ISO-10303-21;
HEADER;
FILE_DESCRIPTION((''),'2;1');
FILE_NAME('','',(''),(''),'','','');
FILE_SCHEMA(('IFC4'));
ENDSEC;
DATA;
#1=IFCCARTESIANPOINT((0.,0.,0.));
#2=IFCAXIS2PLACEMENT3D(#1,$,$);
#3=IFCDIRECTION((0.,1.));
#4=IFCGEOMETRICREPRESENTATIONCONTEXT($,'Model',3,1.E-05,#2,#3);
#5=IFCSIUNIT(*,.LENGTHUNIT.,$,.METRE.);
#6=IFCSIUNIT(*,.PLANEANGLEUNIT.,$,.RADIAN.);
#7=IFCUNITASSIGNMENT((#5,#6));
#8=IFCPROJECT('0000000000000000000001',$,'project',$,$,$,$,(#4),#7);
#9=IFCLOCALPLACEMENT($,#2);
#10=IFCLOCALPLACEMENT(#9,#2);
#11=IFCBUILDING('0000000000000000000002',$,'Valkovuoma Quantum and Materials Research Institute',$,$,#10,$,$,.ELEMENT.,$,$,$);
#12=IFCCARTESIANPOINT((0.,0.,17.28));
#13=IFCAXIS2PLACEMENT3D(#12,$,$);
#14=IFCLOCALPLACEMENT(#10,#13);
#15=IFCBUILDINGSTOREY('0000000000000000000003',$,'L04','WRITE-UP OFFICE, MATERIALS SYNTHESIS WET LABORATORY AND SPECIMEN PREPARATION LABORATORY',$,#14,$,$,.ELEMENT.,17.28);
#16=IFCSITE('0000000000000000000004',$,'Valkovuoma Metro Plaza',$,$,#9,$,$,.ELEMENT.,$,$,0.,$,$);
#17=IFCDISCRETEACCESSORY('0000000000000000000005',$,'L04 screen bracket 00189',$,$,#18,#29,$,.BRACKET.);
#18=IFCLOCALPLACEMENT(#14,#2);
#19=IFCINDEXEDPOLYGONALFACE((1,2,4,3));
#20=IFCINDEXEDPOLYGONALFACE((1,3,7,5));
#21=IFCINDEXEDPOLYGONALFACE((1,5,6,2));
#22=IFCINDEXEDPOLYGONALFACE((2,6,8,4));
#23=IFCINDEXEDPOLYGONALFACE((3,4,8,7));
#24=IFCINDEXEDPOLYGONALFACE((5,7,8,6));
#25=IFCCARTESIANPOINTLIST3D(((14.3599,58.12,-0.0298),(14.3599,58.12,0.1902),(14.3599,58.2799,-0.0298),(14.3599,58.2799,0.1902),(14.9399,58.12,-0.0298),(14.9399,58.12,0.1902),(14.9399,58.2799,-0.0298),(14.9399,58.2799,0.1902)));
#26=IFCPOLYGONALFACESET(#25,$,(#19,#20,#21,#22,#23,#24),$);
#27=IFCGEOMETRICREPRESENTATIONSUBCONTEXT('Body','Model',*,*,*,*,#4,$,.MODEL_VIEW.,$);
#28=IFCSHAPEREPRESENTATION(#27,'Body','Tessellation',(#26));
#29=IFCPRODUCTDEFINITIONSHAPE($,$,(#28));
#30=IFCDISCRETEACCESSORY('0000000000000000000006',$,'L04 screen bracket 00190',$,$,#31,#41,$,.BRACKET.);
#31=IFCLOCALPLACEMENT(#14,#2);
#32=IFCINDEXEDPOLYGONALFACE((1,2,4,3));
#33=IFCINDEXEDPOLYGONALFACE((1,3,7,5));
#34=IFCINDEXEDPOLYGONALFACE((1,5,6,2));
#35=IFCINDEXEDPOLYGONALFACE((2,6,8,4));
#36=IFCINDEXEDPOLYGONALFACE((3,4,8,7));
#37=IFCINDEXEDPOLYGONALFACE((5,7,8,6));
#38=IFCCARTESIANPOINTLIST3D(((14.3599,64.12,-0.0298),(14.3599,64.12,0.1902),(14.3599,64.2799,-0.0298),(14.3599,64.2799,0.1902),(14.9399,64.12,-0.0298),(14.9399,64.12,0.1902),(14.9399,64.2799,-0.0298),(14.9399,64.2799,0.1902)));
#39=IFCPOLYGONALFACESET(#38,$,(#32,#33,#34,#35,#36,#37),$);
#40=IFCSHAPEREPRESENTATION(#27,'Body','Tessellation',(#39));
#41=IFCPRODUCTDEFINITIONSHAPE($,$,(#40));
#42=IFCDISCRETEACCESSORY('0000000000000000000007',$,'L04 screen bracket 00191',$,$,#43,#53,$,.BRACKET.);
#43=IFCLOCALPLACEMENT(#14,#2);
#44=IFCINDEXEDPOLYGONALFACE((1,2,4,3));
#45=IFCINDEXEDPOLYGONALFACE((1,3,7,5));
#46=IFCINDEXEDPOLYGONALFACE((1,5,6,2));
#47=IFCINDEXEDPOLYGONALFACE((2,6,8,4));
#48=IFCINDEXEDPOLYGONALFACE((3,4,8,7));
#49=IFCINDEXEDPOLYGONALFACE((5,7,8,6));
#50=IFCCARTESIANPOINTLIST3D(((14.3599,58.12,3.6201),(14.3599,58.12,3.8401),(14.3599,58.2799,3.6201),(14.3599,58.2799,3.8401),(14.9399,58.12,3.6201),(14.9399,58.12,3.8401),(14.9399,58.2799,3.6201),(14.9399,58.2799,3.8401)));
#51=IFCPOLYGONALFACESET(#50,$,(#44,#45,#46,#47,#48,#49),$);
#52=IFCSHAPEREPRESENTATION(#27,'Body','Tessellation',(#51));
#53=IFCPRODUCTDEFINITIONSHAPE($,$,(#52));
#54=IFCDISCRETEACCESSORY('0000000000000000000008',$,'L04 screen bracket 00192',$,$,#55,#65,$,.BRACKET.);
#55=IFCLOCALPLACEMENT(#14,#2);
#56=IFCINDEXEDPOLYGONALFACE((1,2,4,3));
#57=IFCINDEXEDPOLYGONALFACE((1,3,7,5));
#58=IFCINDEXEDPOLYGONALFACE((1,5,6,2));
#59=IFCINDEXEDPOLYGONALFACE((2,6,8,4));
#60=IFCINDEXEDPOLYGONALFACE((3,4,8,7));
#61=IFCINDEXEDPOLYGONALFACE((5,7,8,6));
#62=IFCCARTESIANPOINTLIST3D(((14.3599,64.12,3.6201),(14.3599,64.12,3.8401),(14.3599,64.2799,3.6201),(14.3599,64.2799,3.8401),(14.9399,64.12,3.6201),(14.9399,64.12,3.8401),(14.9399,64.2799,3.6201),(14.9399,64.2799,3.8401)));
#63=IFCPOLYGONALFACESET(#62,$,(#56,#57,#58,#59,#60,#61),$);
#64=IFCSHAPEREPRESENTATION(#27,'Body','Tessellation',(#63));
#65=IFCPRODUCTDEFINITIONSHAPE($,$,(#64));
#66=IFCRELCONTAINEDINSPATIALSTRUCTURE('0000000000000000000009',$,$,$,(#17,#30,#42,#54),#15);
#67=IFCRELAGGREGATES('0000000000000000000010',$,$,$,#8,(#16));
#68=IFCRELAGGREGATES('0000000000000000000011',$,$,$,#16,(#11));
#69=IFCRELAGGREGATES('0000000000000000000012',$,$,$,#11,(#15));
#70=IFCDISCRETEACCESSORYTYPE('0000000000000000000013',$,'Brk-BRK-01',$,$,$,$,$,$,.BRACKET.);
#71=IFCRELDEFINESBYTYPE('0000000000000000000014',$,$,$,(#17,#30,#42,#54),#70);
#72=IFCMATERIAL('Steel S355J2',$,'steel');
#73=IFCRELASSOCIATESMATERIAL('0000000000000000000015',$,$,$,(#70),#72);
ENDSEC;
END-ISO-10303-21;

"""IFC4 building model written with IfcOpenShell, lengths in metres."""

from ifc_helpers import new_model, si_unit, direction, frame, origin, origin_2d, place, context, subcontext, project, spatial, rectangle, extrude, material, type_object, element, save


model = new_model("IFC4")

# Units and contexts
model_context = context("Model", 3, precision=1e-05, world=origin(), true_north=direction((0.0, 1.0)))
body_context = subcontext(model_context, "Body", "Model", "MODEL_VIEW")
ifc_project = project(units=[si_unit("LENGTHUNIT", "METRE"), si_unit("PLANEANGLEUNIT", "RADIAN")], contexts=[model_context])

# Site, building, storey
site_placement = place(None, origin())
site = spatial("IfcSite", under=ifc_project, at=site_placement, Name="Valkovuoma Metro Plaza", CompositionType="ELEMENT", RefElevation=0.0)
building_placement = place(site_placement, origin())
building = spatial("IfcBuilding", under=site, at=building_placement, Name="Valkovuoma Quantum and Materials Research Institute", CompositionType="ELEMENT")
storey_placement = place(building_placement, frame((0.0, 0.0, 17.28)))
storey = spatial("IfcBuildingStorey", under=building, at=storey_placement, Name="L04", Description="WRITE-UP OFFICE, MATERIALS SYNTHESIS WET LABORATORY AND SPECIMEN PREPARATION LABORATORY", CompositionType="ELEMENT", Elevation=17.28)

# Discrete accessories
ifc_material_1 = material(Name="Steel S355J2", Category="steel")
discrete_accessory_type = type_object("IfcDiscreteAccessoryType", Name="Brk-BRK-01", PredefinedType="BRACKET", material=ifc_material_1)
for number, where, z_axis, x_axis, name in (
    (1, (14.6499, 58.2, -0.0298), (0.0, 0.0, 1.0), (1.0, 0.0, 0.0), "L04 screen bracket 00189"),
    (2, (14.6499, 64.2, -0.0298), (0.0, 0.0, 1.0), (1.0, 0.0, 0.0), "L04 screen bracket 00190"),
    (3, (14.6499, 58.2, 3.6201), (0.0, 0.0, 1.0), (1.0, 0.0, 0.0), "L04 screen bracket 00191"),
    (4, (14.6499, 64.2, 3.6201), (0.0, 0.0, 1.0), (1.0, 0.0, 0.0), "L04 screen bracket 00192"),
):
    element("IfcDiscreteAccessory", number, at=place(storey_placement, frame(where, z_axis=z_axis, x_axis=x_axis)), inside=storey, type_object=discrete_accessory_type, Name=name, PredefinedType="BRACKET", context=body_context, shape_type="SweptSolid", body=[
        extrude(rectangle(XDim=0.5801, YDim=0.1599, at=origin_2d()), origin(), (0.0, 0.0, 1.0), 0.22),
    ])

save(model, "model.ifc")
